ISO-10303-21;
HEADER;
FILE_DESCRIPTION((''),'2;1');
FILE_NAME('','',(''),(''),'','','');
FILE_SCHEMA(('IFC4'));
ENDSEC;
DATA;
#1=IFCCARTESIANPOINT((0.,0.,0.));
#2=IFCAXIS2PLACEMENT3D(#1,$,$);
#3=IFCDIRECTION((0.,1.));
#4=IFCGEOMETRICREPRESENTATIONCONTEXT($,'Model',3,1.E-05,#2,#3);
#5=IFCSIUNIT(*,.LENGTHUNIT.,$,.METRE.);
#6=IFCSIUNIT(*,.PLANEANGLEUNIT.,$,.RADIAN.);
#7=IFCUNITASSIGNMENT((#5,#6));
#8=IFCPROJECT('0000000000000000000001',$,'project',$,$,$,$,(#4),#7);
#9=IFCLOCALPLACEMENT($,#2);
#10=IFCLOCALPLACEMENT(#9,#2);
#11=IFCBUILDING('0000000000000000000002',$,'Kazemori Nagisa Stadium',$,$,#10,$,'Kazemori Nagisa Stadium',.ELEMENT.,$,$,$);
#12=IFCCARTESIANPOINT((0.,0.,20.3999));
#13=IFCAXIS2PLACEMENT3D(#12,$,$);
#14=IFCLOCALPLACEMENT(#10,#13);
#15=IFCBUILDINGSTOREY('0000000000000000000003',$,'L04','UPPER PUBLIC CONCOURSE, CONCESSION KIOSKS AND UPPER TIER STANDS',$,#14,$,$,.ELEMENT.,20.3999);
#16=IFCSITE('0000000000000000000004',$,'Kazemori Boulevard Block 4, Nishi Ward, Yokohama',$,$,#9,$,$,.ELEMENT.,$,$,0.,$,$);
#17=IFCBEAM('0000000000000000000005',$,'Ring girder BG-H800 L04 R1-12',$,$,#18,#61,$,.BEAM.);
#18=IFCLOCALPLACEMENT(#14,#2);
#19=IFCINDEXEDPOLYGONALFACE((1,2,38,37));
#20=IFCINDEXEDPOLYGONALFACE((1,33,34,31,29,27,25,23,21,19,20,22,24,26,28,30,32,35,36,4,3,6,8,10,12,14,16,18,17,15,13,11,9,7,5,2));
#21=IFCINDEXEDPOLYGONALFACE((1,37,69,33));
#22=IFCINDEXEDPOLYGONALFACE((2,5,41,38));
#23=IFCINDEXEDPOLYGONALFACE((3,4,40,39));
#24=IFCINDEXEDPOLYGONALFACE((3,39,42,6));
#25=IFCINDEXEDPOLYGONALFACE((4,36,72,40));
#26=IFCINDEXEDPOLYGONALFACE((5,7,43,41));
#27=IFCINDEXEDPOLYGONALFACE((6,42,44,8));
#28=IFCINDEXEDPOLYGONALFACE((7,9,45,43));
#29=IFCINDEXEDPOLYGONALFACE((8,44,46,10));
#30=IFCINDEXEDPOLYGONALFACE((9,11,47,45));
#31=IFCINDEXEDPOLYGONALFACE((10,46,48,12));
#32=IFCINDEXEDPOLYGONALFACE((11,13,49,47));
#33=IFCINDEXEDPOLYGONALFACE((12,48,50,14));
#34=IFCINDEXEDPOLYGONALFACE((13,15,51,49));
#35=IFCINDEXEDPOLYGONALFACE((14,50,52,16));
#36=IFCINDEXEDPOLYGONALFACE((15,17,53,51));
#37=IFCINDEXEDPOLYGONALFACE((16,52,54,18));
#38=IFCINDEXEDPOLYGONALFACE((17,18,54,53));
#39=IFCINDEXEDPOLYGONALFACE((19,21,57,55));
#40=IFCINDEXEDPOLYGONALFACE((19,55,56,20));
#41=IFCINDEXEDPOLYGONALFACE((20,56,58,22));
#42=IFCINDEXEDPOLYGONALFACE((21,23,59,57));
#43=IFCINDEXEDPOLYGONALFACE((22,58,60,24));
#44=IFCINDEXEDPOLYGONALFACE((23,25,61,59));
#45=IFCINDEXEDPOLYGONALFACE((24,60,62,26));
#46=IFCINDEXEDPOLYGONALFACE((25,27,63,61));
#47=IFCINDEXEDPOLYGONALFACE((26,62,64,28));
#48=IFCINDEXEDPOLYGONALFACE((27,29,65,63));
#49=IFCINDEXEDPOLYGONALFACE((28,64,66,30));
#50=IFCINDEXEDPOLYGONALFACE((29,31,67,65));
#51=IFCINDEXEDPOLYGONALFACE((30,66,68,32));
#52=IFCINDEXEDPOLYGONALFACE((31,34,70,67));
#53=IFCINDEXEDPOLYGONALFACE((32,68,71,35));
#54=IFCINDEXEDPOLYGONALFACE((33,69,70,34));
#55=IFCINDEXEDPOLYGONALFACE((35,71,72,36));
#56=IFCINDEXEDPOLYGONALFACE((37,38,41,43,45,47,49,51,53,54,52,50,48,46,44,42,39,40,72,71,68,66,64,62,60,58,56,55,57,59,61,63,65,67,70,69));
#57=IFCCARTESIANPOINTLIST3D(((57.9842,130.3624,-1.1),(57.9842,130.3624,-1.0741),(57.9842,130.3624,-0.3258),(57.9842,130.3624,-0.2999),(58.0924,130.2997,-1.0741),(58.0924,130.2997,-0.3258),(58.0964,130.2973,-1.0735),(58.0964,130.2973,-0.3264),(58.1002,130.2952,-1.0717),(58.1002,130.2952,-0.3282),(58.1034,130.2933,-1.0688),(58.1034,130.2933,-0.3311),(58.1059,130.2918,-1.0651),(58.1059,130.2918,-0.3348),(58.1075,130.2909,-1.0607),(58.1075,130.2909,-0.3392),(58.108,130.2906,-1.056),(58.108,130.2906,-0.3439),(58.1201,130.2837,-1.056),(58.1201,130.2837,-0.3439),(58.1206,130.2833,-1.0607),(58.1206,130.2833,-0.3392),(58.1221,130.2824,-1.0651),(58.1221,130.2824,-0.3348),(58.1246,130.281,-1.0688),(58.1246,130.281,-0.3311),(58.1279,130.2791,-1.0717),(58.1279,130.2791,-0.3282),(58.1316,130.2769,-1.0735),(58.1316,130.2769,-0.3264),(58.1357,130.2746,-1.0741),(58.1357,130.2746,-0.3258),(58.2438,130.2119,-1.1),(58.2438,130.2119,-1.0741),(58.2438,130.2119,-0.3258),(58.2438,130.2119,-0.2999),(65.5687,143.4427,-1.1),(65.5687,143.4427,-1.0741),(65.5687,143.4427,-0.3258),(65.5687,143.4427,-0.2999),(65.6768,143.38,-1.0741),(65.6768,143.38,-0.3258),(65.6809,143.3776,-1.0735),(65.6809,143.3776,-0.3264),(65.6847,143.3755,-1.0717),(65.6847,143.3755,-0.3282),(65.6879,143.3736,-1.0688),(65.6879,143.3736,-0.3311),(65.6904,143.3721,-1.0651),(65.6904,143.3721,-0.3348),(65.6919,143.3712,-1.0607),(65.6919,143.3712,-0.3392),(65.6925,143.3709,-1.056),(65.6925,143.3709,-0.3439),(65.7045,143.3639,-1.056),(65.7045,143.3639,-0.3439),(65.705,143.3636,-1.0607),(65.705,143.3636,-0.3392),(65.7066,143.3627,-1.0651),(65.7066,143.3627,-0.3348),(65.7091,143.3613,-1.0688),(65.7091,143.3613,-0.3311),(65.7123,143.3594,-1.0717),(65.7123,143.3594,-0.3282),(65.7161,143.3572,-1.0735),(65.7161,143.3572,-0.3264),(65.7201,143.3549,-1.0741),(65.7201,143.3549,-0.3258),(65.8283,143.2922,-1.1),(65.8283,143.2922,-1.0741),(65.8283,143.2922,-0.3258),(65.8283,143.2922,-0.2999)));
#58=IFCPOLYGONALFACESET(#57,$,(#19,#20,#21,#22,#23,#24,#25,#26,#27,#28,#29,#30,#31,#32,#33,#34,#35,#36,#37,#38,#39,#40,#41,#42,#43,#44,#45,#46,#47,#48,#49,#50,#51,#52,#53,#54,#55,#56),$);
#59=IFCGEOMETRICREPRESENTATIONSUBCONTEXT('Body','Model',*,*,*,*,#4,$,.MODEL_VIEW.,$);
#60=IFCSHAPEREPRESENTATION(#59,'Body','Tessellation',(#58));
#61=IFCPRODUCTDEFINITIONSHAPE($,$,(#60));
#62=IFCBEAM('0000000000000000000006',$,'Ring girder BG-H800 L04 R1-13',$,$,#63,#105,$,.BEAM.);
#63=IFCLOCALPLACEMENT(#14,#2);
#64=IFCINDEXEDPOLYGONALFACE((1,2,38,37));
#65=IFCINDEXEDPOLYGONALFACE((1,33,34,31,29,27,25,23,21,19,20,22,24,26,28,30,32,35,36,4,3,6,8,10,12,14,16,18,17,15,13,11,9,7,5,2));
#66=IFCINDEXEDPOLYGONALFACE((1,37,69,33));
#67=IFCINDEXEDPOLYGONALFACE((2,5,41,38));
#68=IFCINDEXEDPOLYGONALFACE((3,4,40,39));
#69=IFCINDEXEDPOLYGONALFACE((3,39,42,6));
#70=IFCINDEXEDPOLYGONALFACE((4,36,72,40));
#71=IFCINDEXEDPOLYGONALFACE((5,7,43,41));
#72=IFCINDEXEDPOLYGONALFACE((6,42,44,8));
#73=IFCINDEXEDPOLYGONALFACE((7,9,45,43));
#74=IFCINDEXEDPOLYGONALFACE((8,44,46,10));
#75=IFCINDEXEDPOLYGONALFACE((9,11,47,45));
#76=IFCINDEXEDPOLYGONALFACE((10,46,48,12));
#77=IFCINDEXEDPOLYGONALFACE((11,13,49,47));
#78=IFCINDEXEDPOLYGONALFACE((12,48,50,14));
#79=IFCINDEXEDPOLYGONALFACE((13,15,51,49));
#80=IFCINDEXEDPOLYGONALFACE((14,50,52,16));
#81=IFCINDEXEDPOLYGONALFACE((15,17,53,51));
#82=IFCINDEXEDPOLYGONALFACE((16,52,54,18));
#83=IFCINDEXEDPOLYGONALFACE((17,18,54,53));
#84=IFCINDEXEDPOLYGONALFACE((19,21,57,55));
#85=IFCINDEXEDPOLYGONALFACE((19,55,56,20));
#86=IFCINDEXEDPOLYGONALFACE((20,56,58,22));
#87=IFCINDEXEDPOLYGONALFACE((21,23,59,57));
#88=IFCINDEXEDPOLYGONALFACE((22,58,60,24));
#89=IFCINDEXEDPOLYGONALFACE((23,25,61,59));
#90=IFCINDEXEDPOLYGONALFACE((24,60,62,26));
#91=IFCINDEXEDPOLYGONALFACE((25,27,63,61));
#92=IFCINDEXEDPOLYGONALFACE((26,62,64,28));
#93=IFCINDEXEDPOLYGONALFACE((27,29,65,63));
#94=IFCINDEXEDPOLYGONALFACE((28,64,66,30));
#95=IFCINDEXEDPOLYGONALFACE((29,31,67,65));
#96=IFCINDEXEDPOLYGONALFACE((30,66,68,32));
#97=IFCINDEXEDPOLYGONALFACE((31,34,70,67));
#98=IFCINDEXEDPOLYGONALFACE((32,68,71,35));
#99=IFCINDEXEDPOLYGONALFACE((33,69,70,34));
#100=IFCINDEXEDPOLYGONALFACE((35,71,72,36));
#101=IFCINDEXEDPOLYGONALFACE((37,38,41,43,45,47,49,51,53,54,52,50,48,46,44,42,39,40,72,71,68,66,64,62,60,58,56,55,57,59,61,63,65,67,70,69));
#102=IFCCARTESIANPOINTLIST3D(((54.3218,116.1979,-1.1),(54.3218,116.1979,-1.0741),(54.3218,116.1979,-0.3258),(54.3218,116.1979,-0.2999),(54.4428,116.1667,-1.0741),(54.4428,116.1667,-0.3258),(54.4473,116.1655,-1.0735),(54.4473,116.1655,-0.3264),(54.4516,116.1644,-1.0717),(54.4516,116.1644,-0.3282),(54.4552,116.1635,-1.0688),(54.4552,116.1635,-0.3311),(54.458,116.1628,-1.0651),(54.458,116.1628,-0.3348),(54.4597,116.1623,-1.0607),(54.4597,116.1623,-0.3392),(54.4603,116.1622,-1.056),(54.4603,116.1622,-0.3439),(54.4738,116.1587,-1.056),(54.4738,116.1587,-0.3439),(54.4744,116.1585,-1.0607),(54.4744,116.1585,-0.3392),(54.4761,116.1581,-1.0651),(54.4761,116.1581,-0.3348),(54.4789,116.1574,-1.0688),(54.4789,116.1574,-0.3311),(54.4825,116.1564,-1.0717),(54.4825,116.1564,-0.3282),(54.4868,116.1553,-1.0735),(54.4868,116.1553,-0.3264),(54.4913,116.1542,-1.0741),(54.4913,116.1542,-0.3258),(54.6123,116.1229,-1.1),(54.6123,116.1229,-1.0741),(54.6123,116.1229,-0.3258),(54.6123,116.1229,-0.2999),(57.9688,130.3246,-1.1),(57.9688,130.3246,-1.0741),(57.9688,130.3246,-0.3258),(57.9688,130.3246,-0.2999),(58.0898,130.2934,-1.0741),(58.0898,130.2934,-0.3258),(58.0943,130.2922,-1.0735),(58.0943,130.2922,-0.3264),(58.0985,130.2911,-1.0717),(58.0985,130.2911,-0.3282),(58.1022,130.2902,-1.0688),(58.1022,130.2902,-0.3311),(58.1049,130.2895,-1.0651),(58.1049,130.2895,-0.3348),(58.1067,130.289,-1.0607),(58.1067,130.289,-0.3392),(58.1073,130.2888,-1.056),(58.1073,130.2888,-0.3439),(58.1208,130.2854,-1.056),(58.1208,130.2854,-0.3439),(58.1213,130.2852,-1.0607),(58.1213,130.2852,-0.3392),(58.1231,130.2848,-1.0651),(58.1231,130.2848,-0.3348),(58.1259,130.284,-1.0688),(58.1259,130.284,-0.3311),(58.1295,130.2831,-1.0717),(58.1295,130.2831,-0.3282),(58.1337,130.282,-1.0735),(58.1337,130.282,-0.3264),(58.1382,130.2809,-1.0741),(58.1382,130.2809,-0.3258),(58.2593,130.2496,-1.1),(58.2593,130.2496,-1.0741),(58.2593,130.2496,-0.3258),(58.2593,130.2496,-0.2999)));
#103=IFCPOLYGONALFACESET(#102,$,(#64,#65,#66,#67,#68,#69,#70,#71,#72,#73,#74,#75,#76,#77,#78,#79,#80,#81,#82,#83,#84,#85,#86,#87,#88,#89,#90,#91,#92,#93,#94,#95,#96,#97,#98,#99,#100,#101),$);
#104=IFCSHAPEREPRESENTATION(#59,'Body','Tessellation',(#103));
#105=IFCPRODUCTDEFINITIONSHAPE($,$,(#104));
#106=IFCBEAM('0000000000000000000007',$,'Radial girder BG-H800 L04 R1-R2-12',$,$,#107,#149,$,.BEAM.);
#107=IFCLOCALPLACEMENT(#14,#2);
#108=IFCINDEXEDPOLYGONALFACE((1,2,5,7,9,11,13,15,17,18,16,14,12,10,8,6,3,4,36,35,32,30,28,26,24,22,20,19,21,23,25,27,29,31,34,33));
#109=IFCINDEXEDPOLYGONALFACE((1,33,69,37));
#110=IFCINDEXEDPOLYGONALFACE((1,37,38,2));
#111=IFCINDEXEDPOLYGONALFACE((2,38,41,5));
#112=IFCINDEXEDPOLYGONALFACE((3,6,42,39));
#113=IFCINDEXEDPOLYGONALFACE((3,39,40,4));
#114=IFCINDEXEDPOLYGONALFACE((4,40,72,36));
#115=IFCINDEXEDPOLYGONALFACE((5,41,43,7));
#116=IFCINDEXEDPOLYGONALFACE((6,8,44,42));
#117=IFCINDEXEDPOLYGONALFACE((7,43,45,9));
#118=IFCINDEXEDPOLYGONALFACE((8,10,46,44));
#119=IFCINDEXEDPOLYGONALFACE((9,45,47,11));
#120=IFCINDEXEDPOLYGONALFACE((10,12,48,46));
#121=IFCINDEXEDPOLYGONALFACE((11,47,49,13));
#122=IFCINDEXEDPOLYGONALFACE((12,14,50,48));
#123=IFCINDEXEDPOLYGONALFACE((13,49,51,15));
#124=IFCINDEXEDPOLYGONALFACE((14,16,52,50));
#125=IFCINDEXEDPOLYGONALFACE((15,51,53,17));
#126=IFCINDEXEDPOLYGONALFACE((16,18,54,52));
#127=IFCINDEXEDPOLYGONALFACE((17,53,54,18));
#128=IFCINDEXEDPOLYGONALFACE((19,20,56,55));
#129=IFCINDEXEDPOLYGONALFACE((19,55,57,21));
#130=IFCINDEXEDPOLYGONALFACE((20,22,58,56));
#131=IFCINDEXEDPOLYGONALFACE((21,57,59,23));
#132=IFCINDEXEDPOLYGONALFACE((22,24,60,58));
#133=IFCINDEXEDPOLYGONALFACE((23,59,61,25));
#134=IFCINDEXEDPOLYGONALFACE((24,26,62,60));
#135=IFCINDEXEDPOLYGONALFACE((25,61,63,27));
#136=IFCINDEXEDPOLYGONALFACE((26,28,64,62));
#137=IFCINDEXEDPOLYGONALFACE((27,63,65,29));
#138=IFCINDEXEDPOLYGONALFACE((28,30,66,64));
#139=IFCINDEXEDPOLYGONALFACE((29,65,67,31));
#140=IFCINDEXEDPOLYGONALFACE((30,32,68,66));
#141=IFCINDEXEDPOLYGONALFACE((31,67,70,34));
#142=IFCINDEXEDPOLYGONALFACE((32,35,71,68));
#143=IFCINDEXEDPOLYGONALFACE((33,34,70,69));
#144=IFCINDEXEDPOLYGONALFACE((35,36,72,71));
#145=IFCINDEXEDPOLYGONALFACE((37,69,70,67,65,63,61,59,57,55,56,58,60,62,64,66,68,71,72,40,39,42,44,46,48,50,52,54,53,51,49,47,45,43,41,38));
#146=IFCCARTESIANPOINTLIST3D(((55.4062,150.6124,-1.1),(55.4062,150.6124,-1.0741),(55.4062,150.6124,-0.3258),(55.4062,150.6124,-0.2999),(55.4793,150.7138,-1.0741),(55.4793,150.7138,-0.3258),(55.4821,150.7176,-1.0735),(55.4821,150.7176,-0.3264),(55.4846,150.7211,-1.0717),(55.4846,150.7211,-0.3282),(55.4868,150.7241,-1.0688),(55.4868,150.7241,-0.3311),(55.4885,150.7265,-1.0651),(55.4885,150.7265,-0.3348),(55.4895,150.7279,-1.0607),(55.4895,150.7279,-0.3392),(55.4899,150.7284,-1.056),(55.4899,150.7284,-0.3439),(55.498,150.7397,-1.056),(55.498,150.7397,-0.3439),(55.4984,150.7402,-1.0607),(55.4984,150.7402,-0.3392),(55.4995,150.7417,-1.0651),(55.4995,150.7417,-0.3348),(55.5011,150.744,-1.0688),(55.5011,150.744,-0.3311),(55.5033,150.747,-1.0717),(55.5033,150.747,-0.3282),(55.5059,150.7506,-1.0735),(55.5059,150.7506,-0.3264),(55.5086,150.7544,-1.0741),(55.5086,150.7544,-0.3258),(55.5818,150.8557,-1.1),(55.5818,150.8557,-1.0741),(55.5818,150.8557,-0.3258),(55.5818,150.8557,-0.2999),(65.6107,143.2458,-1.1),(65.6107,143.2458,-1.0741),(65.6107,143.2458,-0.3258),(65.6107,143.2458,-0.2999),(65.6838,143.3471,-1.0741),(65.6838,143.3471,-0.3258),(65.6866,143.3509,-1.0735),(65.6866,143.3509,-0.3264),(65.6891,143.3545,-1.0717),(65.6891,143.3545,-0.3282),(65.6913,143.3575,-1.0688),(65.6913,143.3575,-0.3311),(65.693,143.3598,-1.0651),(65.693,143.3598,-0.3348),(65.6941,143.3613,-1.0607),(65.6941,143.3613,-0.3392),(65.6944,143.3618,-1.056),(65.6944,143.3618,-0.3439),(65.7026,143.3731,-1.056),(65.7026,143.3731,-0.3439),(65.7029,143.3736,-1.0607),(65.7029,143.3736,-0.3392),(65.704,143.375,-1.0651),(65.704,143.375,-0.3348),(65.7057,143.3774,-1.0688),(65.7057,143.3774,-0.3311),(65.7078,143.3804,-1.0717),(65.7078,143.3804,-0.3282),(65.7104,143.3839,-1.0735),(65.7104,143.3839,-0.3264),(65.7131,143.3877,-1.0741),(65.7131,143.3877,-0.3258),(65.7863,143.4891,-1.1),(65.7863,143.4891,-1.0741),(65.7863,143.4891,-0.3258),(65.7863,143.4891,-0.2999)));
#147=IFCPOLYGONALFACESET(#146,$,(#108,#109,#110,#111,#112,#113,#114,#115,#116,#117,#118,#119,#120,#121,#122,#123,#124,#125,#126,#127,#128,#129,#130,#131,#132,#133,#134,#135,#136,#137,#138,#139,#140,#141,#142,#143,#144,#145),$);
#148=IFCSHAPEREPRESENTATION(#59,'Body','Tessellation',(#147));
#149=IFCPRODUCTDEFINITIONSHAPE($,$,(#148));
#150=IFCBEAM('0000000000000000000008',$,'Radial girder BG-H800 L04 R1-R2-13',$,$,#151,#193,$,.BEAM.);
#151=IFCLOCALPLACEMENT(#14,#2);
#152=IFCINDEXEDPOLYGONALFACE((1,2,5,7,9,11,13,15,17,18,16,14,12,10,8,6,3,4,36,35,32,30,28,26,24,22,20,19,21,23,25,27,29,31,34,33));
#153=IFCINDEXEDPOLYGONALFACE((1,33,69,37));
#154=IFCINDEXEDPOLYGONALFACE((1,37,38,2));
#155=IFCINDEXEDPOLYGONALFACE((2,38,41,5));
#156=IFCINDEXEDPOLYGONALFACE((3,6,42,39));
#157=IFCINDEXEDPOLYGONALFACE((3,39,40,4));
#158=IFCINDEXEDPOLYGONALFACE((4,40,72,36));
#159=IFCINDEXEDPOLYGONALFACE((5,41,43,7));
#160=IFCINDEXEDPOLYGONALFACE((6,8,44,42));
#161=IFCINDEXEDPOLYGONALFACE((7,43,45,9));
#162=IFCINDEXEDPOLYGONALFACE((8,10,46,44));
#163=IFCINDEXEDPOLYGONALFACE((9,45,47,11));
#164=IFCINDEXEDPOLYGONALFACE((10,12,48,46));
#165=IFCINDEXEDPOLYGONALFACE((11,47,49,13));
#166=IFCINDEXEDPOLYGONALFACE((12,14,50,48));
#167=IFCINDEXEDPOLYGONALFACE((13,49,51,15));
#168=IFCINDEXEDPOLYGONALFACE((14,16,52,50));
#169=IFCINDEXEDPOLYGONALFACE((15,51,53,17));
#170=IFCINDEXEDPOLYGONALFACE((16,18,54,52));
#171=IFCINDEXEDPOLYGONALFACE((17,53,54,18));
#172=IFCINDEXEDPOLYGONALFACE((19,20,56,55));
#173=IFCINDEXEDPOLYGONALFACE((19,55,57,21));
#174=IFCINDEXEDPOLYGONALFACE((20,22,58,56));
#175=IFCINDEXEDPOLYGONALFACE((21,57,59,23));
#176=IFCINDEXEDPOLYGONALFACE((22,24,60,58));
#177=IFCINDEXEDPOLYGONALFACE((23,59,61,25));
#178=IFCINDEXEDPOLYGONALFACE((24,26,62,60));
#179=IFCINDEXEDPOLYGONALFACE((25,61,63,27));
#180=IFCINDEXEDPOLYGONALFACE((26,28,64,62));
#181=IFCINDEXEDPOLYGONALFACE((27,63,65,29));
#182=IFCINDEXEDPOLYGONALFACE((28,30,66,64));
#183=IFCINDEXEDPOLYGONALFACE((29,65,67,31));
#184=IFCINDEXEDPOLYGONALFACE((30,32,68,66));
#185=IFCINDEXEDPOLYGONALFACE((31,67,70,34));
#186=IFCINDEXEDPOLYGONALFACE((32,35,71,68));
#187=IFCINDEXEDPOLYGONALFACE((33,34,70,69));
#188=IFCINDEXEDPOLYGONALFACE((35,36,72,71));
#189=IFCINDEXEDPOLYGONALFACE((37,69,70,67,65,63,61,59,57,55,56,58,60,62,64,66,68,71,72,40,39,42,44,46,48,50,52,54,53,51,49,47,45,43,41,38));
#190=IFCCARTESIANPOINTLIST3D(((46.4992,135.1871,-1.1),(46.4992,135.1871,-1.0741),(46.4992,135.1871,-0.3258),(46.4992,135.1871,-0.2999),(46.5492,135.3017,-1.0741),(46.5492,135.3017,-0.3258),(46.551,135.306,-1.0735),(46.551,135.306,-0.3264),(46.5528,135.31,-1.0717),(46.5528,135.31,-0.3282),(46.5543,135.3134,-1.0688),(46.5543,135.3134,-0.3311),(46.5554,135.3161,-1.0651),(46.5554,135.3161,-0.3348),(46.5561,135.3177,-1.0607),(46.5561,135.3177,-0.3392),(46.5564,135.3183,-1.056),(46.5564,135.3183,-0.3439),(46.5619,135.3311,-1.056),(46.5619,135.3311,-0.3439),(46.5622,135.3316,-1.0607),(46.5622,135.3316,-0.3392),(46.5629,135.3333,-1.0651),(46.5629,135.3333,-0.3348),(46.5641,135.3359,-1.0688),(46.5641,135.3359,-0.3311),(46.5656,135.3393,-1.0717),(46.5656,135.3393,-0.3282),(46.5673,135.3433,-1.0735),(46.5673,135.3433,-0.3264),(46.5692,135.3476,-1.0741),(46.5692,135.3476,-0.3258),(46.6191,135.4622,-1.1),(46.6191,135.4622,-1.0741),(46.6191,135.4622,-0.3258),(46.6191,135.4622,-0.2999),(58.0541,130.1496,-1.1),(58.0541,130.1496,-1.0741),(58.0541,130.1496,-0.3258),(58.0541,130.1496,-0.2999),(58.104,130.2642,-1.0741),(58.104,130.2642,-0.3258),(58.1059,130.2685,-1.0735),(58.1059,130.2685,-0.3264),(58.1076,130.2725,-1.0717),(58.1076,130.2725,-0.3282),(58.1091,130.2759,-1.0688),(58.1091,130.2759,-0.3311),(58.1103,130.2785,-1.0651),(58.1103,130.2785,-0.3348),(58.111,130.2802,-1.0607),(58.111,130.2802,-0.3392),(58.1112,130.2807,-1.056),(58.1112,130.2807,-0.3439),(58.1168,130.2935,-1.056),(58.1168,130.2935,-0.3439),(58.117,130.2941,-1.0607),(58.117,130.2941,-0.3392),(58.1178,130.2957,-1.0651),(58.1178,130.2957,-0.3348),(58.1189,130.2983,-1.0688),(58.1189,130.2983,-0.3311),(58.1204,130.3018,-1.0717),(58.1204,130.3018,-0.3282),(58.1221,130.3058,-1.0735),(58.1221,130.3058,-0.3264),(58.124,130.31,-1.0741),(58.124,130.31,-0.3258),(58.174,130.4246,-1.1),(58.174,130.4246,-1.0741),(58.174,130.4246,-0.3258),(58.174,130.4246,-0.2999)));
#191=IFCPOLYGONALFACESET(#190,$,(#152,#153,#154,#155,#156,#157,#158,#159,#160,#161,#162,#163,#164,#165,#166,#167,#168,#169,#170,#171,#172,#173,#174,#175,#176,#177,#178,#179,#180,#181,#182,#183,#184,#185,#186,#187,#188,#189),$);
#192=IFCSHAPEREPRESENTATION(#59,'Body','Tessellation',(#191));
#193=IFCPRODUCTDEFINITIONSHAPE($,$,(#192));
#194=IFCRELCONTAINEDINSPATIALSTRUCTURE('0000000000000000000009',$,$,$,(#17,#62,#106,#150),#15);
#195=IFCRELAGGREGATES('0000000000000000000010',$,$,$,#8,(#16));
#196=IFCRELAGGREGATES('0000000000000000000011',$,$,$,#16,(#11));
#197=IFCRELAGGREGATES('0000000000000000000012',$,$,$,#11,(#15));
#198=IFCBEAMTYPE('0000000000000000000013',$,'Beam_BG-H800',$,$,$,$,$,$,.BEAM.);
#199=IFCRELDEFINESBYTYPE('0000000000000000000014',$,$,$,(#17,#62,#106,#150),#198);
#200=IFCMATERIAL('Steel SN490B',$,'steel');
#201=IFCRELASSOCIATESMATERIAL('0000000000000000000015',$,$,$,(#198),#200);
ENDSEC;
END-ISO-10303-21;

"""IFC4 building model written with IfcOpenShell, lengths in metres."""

from ifc_helpers import new_model, si_unit, direction, frame, origin, origin_2d, place, context, subcontext, project, spatial, i_section, extrude, material, material_profile, profile_set, type_object, element, save


model = new_model("IFC4")

# Units and contexts
model_context = context("Model", 3, precision=1e-05, world=origin(), true_north=direction((0.0, 1.0)))
body_context = subcontext(model_context, "Body", "Model", "MODEL_VIEW")
ifc_project = project(units=[si_unit("LENGTHUNIT", "METRE"), si_unit("PLANEANGLEUNIT", "RADIAN")], contexts=[model_context])

# Site, building, storey
site_placement = place(None, origin())
site = spatial("IfcSite", under=ifc_project, at=site_placement, Name="Kazemori Boulevard Block 4, Nishi Ward, Yokohama", CompositionType="ELEMENT", RefElevation=0.0)
building_placement = place(site_placement, origin())
building = spatial("IfcBuilding", under=site, at=building_placement, Name="Kazemori Nagisa Stadium", LongName="Kazemori Nagisa Stadium", CompositionType="ELEMENT")
storey_placement = place(building_placement, frame((0.0, 0.0, 20.3999)))
storey = spatial("IfcBuildingStorey", under=building, at=storey_placement, Name="L04", Description="UPPER PUBLIC CONCOURSE, CONCESSION KIOSKS AND UPPER TIER STANDS", CompositionType="ELEMENT", Elevation=20.3999)

# Beams
ifc_material_1 = material(Name="Steel SN490B", Category="steel")
ifc_material_profile_1 = material_profile(ifc_material_1, i_section(OverallWidth=0.3, OverallDepth=0.8, WebThickness=0.0139, FlangeThickness=0.0259, FilletRadius=0.0181, at=origin_2d()), Name="H-800x300x14x26")
ifc_profile_set_1 = profile_set([ifc_material_profile_1], Name="Steel SN490B")
beam_type_1 = type_object("IfcBeamType", Name="Beam_BG-H800", PredefinedType="BEAM", material=ifc_profile_set_1)
beam_1_placement = place(storey_placement, frame((65.6985, 143.3674, -0.7), z_axis=(-0.501613, -0.865092, 0.0), x_axis=(0.865092, -0.501613, 0.0)))
element("IfcBeam", 1, at=beam_1_placement, inside=storey, type_object=beam_type_1, Name="Ring girder BG-H800 L04 R1-12", PredefinedType="BEAM", context=body_context, shape_type="SweptSolid", body=[
    extrude(i_section(OverallWidth=0.3, OverallDepth=0.8, WebThickness=0.0139, FlangeThickness=0.0259, FilletRadius=0.0181, at=origin_2d()), origin(), (0.0, 0.0, 1.0), 15.1201),
])
beam_2_placement = place(storey_placement, frame((58.114, 130.2871, -0.7), z_axis=(-0.249966, -0.968255, 0.0), x_axis=(0.968255, -0.249966, 0.0)))
element("IfcBeam", 2, at=beam_2_placement, inside=storey, type_object=beam_type_1, Name="Ring girder BG-H800 L04 R1-13", PredefinedType="BEAM", context=body_context, shape_type="SweptSolid", body=[
    extrude(i_section(OverallWidth=0.3, OverallDepth=0.8, WebThickness=0.0139, FlangeThickness=0.0259, FilletRadius=0.0181, at=origin_2d()), origin(), (0.0, 0.0, 1.0), 14.5898),
])
beam_3_placement = place(storey_placement, frame((65.6985, 143.3674, -0.7), z_axis=(-0.810803, 0.585319, 0.0), x_axis=(-0.585319, -0.810803, 0.0)))
element("IfcBeam", 3, at=beam_3_placement, inside=storey, type_object=beam_type_1, Name="Radial girder BG-H800 L04 R1-R2-12", PredefinedType="BEAM", context=body_context, shape_type="SweptSolid", body=[
    extrude(i_section(OverallWidth=0.3, OverallDepth=0.8, WebThickness=0.0139, FlangeThickness=0.0259, FilletRadius=0.0181, at=origin_2d()), origin(), (0.0, 0.0, 1.0), 12.5857),
])
beam_4_placement = place(storey_placement, frame((58.114, 130.2871, -0.7), z_axis=(-0.916672, 0.399641, 0.0), x_axis=(-0.399641, -0.916672, 0.0)))
element("IfcBeam", 4, at=beam_4_placement, inside=storey, type_object=beam_type_1, Name="Radial girder BG-H800 L04 R1-R2-13", PredefinedType="BEAM", context=body_context, shape_type="SweptSolid", body=[
    extrude(i_section(OverallWidth=0.3, OverallDepth=0.8, WebThickness=0.0139, FlangeThickness=0.0259, FilletRadius=0.0181, at=origin_2d()), origin(), (0.0, 0.0, 1.0), 12.6052),
])

save(model, "model.ifc")
